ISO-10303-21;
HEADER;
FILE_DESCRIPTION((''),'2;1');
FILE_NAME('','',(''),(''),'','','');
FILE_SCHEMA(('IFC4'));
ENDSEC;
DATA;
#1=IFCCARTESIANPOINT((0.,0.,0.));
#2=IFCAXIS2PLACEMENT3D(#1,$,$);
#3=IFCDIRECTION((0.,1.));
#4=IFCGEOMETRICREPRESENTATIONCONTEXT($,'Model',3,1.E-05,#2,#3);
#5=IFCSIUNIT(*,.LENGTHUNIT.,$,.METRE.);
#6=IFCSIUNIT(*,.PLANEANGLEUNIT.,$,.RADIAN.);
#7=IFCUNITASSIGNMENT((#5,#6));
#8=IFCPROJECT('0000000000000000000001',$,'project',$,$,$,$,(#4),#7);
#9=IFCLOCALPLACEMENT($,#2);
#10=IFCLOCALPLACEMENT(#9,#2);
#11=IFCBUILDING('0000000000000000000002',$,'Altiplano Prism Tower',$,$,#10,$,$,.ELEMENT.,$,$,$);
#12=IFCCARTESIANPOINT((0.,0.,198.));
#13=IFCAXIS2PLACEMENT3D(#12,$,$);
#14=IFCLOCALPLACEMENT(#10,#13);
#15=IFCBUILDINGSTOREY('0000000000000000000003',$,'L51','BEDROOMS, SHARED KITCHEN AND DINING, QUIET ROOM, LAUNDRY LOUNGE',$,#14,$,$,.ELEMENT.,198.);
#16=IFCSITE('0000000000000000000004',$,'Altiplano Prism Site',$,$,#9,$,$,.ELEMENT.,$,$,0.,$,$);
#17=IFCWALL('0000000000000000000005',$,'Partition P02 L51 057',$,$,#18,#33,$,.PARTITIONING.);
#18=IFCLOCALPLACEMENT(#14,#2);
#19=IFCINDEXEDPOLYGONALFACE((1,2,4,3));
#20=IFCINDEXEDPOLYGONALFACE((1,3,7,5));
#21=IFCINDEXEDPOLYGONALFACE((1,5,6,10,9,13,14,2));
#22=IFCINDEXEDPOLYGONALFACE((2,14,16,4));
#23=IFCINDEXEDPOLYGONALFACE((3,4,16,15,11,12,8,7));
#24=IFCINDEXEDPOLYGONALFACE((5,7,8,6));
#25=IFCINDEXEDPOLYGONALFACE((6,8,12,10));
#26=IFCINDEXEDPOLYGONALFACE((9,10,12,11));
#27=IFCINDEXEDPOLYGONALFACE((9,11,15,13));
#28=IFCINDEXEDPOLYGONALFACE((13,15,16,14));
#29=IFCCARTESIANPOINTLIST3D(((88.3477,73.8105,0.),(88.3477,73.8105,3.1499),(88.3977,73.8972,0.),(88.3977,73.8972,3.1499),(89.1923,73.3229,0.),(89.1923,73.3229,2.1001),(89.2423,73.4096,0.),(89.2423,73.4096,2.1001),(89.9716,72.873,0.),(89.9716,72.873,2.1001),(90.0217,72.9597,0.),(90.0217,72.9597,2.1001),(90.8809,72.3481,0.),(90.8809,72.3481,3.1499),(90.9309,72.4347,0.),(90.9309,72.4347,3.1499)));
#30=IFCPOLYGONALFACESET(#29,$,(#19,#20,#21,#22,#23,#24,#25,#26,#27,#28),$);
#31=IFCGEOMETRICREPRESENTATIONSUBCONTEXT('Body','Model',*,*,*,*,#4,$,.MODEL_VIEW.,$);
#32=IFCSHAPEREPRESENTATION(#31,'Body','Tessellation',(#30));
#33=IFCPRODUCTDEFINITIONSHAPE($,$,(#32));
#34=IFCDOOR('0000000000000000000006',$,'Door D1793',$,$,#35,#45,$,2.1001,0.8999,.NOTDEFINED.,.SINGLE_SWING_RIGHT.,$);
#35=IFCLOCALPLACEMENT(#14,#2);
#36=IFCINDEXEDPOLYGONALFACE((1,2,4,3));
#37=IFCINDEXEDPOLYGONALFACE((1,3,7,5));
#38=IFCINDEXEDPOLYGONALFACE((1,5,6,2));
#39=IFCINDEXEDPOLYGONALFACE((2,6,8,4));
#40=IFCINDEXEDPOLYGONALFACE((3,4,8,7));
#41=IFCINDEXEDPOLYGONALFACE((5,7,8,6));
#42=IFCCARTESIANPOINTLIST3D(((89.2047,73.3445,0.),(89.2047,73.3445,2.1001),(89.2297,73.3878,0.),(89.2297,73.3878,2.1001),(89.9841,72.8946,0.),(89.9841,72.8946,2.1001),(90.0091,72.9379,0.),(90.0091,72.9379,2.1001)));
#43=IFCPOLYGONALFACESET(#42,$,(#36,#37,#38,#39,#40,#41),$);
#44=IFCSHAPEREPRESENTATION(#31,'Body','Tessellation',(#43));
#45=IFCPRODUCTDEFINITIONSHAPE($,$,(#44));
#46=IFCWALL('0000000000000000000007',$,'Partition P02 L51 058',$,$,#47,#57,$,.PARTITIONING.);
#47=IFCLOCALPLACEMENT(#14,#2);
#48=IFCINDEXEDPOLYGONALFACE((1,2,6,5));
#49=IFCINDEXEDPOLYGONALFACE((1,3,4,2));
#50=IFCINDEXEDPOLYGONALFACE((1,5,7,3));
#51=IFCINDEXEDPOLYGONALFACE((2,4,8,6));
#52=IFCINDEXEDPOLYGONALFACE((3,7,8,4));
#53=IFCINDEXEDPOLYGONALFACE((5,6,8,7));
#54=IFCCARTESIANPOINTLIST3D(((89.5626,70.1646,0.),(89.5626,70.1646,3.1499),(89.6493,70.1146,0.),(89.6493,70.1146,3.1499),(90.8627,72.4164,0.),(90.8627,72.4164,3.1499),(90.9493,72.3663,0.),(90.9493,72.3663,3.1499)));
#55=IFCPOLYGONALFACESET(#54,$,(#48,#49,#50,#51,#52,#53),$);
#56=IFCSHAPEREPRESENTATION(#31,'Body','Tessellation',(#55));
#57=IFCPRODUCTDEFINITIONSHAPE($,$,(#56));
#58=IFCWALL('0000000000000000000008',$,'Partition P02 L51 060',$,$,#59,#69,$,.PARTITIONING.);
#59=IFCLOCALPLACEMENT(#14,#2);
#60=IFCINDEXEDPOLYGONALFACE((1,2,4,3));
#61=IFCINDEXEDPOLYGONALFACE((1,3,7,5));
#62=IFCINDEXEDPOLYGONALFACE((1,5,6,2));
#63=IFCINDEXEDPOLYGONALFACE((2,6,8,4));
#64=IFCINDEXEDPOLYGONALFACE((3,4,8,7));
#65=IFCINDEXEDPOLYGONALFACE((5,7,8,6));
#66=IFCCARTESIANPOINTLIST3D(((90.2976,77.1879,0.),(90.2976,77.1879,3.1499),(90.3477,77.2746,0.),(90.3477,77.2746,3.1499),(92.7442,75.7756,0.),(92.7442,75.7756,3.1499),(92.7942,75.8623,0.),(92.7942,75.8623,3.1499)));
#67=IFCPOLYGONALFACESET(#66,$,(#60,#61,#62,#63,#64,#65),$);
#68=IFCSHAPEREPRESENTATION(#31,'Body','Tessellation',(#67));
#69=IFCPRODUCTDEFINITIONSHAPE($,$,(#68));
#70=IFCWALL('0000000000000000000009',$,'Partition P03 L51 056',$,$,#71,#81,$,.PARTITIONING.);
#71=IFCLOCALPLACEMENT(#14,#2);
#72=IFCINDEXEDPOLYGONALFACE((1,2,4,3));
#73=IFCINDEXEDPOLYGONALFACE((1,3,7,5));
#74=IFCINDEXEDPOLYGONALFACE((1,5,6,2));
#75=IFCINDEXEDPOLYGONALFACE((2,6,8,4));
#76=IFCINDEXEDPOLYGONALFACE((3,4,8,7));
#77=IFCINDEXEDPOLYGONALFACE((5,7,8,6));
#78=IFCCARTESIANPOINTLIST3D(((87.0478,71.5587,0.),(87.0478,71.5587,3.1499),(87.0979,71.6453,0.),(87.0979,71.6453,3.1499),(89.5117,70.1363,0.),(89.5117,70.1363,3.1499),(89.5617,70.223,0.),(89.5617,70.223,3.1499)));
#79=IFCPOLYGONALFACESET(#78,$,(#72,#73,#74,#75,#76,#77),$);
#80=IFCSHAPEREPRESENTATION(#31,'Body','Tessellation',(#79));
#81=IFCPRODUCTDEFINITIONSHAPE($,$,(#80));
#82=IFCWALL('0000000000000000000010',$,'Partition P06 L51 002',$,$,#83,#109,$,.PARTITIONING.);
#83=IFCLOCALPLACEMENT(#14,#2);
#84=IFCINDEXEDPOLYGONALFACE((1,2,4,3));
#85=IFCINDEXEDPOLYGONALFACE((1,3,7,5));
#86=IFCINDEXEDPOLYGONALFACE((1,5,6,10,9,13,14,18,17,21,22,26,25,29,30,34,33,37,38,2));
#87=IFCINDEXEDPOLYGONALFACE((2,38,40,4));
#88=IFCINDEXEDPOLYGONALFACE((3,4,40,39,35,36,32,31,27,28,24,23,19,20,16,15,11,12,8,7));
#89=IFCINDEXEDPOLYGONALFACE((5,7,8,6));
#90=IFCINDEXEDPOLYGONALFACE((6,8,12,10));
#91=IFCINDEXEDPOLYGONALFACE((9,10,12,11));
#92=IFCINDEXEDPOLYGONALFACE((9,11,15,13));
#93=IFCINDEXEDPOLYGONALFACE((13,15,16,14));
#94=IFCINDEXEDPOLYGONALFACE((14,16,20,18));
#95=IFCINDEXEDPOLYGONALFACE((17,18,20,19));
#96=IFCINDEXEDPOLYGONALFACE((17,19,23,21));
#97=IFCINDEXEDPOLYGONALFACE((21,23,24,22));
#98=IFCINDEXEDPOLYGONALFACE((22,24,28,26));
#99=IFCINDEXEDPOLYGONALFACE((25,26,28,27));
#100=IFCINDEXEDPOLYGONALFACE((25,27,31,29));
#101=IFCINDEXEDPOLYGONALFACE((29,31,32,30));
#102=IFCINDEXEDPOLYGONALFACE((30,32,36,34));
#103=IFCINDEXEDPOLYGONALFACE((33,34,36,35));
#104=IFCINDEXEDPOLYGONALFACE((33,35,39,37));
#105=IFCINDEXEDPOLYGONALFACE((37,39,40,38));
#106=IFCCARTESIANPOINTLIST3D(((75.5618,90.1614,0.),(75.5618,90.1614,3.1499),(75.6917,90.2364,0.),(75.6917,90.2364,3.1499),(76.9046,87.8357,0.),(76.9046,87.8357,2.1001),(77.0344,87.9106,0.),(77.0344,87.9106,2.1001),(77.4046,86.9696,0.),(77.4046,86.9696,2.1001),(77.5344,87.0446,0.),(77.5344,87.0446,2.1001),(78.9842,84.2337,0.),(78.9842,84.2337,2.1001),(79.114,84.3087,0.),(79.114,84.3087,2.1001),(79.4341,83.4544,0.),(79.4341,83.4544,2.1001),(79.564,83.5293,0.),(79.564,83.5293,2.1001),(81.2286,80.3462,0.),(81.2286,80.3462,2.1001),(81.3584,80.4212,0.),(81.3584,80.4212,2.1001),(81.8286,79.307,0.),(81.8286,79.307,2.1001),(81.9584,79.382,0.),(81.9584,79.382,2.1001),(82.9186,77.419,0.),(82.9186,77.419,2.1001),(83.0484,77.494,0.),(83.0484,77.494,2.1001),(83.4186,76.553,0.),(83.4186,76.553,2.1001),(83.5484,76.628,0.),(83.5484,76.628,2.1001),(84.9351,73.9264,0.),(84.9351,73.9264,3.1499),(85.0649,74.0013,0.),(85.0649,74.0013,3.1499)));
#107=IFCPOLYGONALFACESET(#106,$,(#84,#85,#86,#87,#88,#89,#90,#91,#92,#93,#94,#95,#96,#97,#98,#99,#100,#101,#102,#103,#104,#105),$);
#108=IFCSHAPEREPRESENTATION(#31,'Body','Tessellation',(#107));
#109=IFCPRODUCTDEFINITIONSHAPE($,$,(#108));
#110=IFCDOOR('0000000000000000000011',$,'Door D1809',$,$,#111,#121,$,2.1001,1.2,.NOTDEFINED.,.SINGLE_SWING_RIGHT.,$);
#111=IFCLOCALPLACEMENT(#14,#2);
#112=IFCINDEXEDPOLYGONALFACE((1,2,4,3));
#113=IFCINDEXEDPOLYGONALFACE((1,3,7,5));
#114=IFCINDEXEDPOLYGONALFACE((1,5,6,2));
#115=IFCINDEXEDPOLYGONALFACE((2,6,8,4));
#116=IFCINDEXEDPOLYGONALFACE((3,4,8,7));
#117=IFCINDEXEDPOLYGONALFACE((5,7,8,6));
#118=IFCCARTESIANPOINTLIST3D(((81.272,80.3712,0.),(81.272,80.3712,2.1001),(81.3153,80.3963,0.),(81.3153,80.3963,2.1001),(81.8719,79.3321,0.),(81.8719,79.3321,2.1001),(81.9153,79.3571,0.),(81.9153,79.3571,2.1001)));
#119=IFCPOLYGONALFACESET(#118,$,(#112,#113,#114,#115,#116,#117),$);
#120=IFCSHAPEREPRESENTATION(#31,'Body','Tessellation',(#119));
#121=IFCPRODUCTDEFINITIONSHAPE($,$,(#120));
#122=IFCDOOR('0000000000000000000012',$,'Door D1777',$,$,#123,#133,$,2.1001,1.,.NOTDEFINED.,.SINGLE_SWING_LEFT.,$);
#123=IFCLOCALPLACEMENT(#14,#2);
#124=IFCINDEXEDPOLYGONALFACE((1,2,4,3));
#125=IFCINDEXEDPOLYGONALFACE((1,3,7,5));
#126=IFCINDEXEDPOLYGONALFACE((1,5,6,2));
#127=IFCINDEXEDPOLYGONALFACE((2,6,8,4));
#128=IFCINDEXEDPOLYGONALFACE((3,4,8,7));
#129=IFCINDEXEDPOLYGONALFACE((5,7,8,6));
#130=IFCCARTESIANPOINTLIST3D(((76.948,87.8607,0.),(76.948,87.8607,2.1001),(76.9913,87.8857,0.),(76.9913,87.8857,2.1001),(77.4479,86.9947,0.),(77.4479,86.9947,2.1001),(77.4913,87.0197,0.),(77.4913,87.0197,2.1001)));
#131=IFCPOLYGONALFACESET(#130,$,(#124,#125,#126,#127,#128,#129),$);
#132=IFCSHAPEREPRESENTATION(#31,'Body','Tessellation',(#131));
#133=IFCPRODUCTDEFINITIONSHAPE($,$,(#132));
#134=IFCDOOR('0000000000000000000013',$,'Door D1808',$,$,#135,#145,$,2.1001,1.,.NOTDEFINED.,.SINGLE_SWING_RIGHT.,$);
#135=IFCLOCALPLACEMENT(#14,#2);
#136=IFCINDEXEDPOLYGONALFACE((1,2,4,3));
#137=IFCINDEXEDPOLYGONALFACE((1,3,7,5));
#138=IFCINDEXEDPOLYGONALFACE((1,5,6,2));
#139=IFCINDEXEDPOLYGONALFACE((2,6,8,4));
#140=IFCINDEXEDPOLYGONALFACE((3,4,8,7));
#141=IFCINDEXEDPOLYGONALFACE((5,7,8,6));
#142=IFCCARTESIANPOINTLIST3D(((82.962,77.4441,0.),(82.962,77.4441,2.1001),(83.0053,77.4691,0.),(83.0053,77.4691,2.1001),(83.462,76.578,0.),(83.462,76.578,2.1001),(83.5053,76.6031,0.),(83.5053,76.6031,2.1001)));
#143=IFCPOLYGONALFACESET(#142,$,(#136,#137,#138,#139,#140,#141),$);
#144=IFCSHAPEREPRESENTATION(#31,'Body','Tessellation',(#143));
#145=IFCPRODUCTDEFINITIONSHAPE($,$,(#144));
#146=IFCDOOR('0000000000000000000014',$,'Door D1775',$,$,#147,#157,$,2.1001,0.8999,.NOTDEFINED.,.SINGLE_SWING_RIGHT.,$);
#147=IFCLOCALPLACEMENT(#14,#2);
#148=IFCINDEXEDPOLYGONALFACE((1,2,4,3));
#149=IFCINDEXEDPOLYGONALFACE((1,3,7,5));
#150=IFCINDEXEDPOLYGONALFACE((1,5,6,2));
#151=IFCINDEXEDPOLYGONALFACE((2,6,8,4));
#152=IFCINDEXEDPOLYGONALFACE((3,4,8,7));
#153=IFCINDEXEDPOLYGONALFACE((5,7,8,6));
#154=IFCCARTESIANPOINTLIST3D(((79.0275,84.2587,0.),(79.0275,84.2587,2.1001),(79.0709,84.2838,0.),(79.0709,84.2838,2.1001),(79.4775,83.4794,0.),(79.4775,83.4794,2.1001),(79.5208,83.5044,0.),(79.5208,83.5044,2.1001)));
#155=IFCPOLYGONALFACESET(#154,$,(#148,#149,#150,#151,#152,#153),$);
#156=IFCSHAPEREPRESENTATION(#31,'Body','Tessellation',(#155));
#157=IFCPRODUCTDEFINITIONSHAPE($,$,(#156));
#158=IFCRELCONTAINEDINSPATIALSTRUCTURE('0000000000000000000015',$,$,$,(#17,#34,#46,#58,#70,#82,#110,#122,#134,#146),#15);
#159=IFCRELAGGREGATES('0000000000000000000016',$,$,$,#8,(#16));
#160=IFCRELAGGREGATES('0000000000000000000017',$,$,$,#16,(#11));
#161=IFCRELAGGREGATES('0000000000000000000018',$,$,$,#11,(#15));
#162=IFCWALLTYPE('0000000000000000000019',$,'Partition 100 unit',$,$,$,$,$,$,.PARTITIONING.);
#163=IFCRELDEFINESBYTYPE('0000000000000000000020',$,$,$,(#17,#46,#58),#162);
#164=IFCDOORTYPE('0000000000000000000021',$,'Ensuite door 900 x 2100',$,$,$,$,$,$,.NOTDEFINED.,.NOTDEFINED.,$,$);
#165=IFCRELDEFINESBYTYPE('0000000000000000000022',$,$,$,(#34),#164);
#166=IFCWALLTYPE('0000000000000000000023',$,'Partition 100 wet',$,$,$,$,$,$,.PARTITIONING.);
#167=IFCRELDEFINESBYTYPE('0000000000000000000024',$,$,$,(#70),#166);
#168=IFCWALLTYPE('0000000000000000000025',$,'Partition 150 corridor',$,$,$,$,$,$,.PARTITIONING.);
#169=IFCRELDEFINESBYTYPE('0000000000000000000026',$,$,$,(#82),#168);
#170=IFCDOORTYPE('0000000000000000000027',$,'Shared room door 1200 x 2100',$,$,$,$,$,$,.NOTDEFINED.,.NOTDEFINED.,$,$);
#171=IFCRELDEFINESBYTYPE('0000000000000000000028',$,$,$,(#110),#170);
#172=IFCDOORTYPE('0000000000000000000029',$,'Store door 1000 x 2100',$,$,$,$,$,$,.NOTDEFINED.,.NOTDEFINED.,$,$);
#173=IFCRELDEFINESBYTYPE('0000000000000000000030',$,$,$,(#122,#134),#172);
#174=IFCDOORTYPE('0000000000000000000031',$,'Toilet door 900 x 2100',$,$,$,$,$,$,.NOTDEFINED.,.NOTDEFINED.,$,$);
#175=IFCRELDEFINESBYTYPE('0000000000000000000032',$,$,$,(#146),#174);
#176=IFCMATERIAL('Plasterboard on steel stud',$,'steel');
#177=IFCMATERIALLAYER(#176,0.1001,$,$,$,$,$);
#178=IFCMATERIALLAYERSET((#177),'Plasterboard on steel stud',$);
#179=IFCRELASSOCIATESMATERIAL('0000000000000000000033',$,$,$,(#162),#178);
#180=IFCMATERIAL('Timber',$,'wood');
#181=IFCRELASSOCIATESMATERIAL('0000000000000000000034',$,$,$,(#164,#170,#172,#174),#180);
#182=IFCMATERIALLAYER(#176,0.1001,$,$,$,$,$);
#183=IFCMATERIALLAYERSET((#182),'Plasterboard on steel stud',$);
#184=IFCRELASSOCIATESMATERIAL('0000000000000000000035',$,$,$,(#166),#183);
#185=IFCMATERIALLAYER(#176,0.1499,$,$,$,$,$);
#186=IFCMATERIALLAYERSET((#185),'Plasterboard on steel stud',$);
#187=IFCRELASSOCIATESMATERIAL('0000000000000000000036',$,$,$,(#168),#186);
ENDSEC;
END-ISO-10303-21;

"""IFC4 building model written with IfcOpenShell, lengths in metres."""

from ifc_helpers import new_model, si_unit, direction, frame, frame_2d, origin, place, context, subcontext, project, spatial, rectangle, extrude, material, layer, layer_set, type_object, element, fill, save


model = new_model("IFC4")

# Units and contexts
model_context = context("Model", 3, precision=1e-05, world=origin(), true_north=direction((0.0, 1.0)))
body_context = subcontext(model_context, "Body", "Model", "MODEL_VIEW")
ifc_project = project(units=[si_unit("LENGTHUNIT", "METRE"), si_unit("PLANEANGLEUNIT", "RADIAN")], contexts=[model_context])

# Site, building, storey
site_placement = place(None, origin())
site = spatial("IfcSite", under=ifc_project, at=site_placement, Name="Altiplano Prism Site", CompositionType="ELEMENT", RefElevation=0.0)
building_placement = place(site_placement, origin())
building = spatial("IfcBuilding", under=site, at=building_placement, Name="Altiplano Prism Tower", CompositionType="ELEMENT")
storey_placement = place(building_placement, frame((0.0, 0.0, 198.0)))
storey = spatial("IfcBuildingStorey", under=building, at=storey_placement, Name="L51", Description="BEDROOMS, SHARED KITCHEN AND DINING, QUIET ROOM, LAUNDRY LOUNGE", CompositionType="ELEMENT", Elevation=198.0)

# Wall, opening, door
ifc_material_1 = material(Name="Plasterboard on steel stud", Category="steel")
ifc_layer_1 = layer(ifc_material_1, 0.1001)
ifc_layer_set_1 = layer_set([ifc_layer_1], Name="Plasterboard on steel stud")
wall_type_1 = type_object("IfcWallType", Name="Partition 100 unit", PredefinedType="PARTITIONING", material=ifc_layer_set_1)
ifc_material_2 = material(Name="Timber", Category="wood")
door_type_1 = type_object("IfcDoorType", Name="Ensuite door 900 x 2100", OperationType="NOTDEFINED", PredefinedType="NOTDEFINED", material=ifc_material_2)
wall_1_placement = place(storey_placement, frame((88.3728, 73.8538, 0.0), z_axis=(0.0, 0.0, 1.0), x_axis=(0.866047, -0.499963, 0.0)))
wall_1 = element("IfcWall", 1, at=wall_1_placement, inside=storey, type_object=wall_type_1, Name="Partition P02 L51 057", PredefinedType="PARTITIONING", context=body_context, shape_type="SweptSolid", body=[
    extrude(rectangle(XDim=2.925, YDim=0.1001, at=frame_2d((1.4624, 0.0))), origin(), (0.0, 0.0, 1.0), 3.1499),
])
opening_1_placement = place(wall_1_placement, frame((0.9751, 0.0, 0.0)))
opening_1 = element("IfcOpeningElement", 2, at=opening_1_placement, cuts=wall_1, PredefinedType="OPENING", context=body_context, shape_type="SweptSolid", body=[
    extrude(rectangle(XDim=0.8999, YDim=2.1001, at=frame_2d((0.45, 1.05))), frame((0.0, 0.0605, 0.0), z_axis=(0.0, -1.0, 0.0), x_axis=(1.0, 0.0, 0.0)), (0.0, 0.0, 1.0), 0.1211),
])
door_1_placement = place(opening_1_placement, origin())
door_1 = element("IfcDoor", 3, at=door_1_placement, inside=storey, type_object=door_type_1, Name="Door D1793", OperationType="SINGLE_SWING_RIGHT", OverallHeight=2.1001, OverallWidth=0.8999, PredefinedType="NOTDEFINED", context=body_context, shape_type="SweptSolid", body=[
    extrude(rectangle(XDim=0.8999, YDim=2.1001, at=frame_2d((0.45, 1.05))), frame((0.0, 0.0249, 0.0), z_axis=(0.0, -1.0, 0.0), x_axis=(1.0, 0.0, 0.0)), (0.0, 0.0, 1.0), 0.05),
])
fill(opening_1, door_1)

# Walls
wall_2_placement = place(storey_placement, frame((90.906, 72.3914, 0.0), z_axis=(0.0, 0.0, 1.0), x_axis=(-0.500007, -0.866021, 0.0)))
element("IfcWall", 4, at=wall_2_placement, inside=storey, type_object=wall_type_1, Name="Partition P02 L51 058", PredefinedType="PARTITIONING", context=body_context, shape_type="SweptSolid", body=[
    extrude(rectangle(XDim=2.6001, YDim=0.1001, at=frame_2d((1.3, 0.0))), origin(), (0.0, 0.0, 1.0), 3.1499),
])
wall_3_placement = place(storey_placement, frame((92.7693, 75.8188, 0.0), z_axis=(0.0, 0.0, 1.0), x_axis=(-0.866049, 0.499959, 0.0)))
element("IfcWall", 5, at=wall_3_placement, inside=storey, type_object=wall_type_1, Name="Partition P02 L51 060", PredefinedType="PARTITIONING", context=body_context, shape_type="SweptSolid", body=[
    extrude(rectangle(XDim=2.825, YDim=0.1001, at=frame_2d((1.4126, 0.0))), origin(), (0.0, 0.0, 1.0), 3.1499),
])
ifc_layer_2 = layer(ifc_material_1, 0.1001)
ifc_layer_set_2 = layer_set([ifc_layer_2], Name="Plasterboard on steel stud")
wall_type_2 = type_object("IfcWallType", Name="Partition 100 wet", PredefinedType="PARTITIONING", material=ifc_layer_set_2)
wall_4_placement = place(storey_placement, frame((89.5366, 70.1797, 0.0), z_axis=(0.0, 0.0, 1.0), x_axis=(-0.866048, 0.49996, 0.0)))
element("IfcWall", 6, at=wall_4_placement, inside=storey, type_object=wall_type_2, Name="Partition P03 L51 056", PredefinedType="PARTITIONING", context=body_context, shape_type="SweptSolid", body=[
    extrude(rectangle(XDim=2.845, YDim=0.1001, at=frame_2d((1.4224, 0.0))), origin(), (0.0, 0.0, 1.0), 3.1499),
])

# Wall, openings, doors
ifc_layer_3 = layer(ifc_material_1, 0.1499)
ifc_layer_set_3 = layer_set([ifc_layer_3], Name="Plasterboard on steel stud")
wall_type_3 = type_object("IfcWallType", Name="Partition 150 corridor", PredefinedType="PARTITIONING", material=ifc_layer_set_3)
wall_5_placement = place(storey_placement, frame((85.0, 73.9639, 0.0), z_axis=(0.0, 0.0, 1.0), x_axis=(-0.499998, 0.866027, 0.0)))
wall_5 = element("IfcWall", 7, at=wall_5_placement, inside=storey, type_object=wall_type_3, Name="Partition P06 L51 002", PredefinedType="PARTITIONING", context=body_context, shape_type="SweptSolid", body=[
    extrude(rectangle(XDim=18.7466, YDim=0.1499, at=frame_2d((9.3733, 0.0))), origin(), (0.0, 0.0, 1.0), 3.1499),
])
opening_2_placement = place(wall_5_placement, frame((11.002, 0.0, 0.0)))
opening_2 = element("IfcOpeningElement", 8, at=opening_2_placement, cuts=wall_5, PredefinedType="OPENING", context=body_context, shape_type="SweptSolid", body=[
    extrude(rectangle(XDim=0.8999, YDim=2.1001, at=frame_2d((0.45, 1.05))), frame((0.0, 0.0854, 0.0), z_axis=(0.0, -1.0, 0.0), x_axis=(1.0, 0.0, 0.0)), (0.0, 0.0, 1.0), 0.1709),
])
opening_3_placement = place(wall_5_placement, frame((15.061, 0.0, 0.0)))
opening_3 = element("IfcOpeningElement", 9, at=opening_3_placement, cuts=wall_5, PredefinedType="OPENING", context=body_context, shape_type="SweptSolid", body=[
    extrude(rectangle(XDim=1.0, YDim=2.1001, at=frame_2d((0.5, 1.05))), frame((0.0, 0.0854, 0.0), z_axis=(0.0, -1.0, 0.0), x_axis=(1.0, 0.0, 0.0)), (0.0, 0.0, 1.0), 0.1709),
])
opening_4_placement = place(wall_5_placement, frame((3.033, 0.0, 0.0)))
opening_4 = element("IfcOpeningElement", 10, at=opening_4_placement, cuts=wall_5, PredefinedType="OPENING", context=body_context, shape_type="SweptSolid", body=[
    extrude(rectangle(XDim=1.0, YDim=2.1001, at=frame_2d((0.5, 1.05))), frame((0.0, 0.0854, 0.0), z_axis=(0.0, -1.0, 0.0), x_axis=(1.0, 0.0, 0.0)), (0.0, 0.0, 1.0), 0.1709),
])
opening_5_placement = place(wall_5_placement, frame((6.2129, 0.0, 0.0)))
opening_5 = element("IfcOpeningElement", 11, at=opening_5_placement, cuts=wall_5, PredefinedType="OPENING", context=body_context, shape_type="SweptSolid", body=[
    extrude(rectangle(XDim=1.2, YDim=2.1001, at=frame_2d((0.6001, 1.05))), frame((0.0, 0.0854, 0.0), z_axis=(0.0, -1.0, 0.0), x_axis=(1.0, 0.0, 0.0)), (0.0, 0.0, 1.0), 0.1709),
])
door_type_2 = type_object("IfcDoorType", Name="Shared room door 1200 x 2100", OperationType="NOTDEFINED", PredefinedType="NOTDEFINED", material=ifc_material_2)
door_2_placement = place(opening_5_placement, origin())
door_2 = element("IfcDoor", 12, at=door_2_placement, inside=storey, type_object=door_type_2, Name="Door D1809", OperationType="SINGLE_SWING_RIGHT", OverallHeight=2.1001, OverallWidth=1.2, PredefinedType="NOTDEFINED", context=body_context, shape_type="SweptSolid", body=[
    extrude(rectangle(XDim=1.2, YDim=2.1001, at=frame_2d((0.6001, 1.05))), frame((0.0, 0.0249, 0.0), z_axis=(0.0, -1.0, 0.0), x_axis=(1.0, 0.0, 0.0)), (0.0, 0.0, 1.0), 0.05),
])
fill(opening_5, door_2)
door_type_3 = type_object("IfcDoorType", Name="Store door 1000 x 2100", OperationType="NOTDEFINED", PredefinedType="NOTDEFINED", material=ifc_material_2)
door_3_placement = place(opening_3_placement, origin())
door_3 = element("IfcDoor", 13, at=door_3_placement, inside=storey, type_object=door_type_3, Name="Door D1777", OperationType="SINGLE_SWING_LEFT", OverallHeight=2.1001, OverallWidth=1.0, PredefinedType="NOTDEFINED", context=body_context, shape_type="SweptSolid", body=[
    extrude(rectangle(XDim=1.0, YDim=2.1001, at=frame_2d((0.5, 1.05))), frame((0.0, 0.0249, 0.0), z_axis=(0.0, -1.0, 0.0), x_axis=(1.0, 0.0, 0.0)), (0.0, 0.0, 1.0), 0.05),
])
fill(opening_3, door_3)
door_4_placement = place(opening_4_placement, origin())
door_4 = element("IfcDoor", 14, at=door_4_placement, inside=storey, type_object=door_type_3, Name="Door D1808", OperationType="SINGLE_SWING_RIGHT", OverallHeight=2.1001, OverallWidth=1.0, PredefinedType="NOTDEFINED", context=body_context, shape_type="SweptSolid", body=[
    extrude(rectangle(XDim=1.0, YDim=2.1001, at=frame_2d((0.5, 1.05))), frame((0.0, 0.0249, 0.0), z_axis=(0.0, -1.0, 0.0), x_axis=(1.0, 0.0, 0.0)), (0.0, 0.0, 1.0), 0.05),
])
fill(opening_4, door_4)
door_type_4 = type_object("IfcDoorType", Name="Toilet door 900 x 2100", OperationType="NOTDEFINED", PredefinedType="NOTDEFINED", material=ifc_material_2)
door_5_placement = place(opening_2_placement, origin())
door_5 = element("IfcDoor", 15, at=door_5_placement, inside=storey, type_object=door_type_4, Name="Door D1775", OperationType="SINGLE_SWING_RIGHT", OverallHeight=2.1001, OverallWidth=0.8999, PredefinedType="NOTDEFINED", context=body_context, shape_type="SweptSolid", body=[
    extrude(rectangle(XDim=0.8999, YDim=2.1001, at=frame_2d((0.45, 1.05))), frame((0.0, 0.0249, 0.0), z_axis=(0.0, -1.0, 0.0), x_axis=(1.0, 0.0, 0.0)), (0.0, 0.0, 1.0), 0.05),
])
fill(opening_2, door_5)

save(model, "model.ifc")
